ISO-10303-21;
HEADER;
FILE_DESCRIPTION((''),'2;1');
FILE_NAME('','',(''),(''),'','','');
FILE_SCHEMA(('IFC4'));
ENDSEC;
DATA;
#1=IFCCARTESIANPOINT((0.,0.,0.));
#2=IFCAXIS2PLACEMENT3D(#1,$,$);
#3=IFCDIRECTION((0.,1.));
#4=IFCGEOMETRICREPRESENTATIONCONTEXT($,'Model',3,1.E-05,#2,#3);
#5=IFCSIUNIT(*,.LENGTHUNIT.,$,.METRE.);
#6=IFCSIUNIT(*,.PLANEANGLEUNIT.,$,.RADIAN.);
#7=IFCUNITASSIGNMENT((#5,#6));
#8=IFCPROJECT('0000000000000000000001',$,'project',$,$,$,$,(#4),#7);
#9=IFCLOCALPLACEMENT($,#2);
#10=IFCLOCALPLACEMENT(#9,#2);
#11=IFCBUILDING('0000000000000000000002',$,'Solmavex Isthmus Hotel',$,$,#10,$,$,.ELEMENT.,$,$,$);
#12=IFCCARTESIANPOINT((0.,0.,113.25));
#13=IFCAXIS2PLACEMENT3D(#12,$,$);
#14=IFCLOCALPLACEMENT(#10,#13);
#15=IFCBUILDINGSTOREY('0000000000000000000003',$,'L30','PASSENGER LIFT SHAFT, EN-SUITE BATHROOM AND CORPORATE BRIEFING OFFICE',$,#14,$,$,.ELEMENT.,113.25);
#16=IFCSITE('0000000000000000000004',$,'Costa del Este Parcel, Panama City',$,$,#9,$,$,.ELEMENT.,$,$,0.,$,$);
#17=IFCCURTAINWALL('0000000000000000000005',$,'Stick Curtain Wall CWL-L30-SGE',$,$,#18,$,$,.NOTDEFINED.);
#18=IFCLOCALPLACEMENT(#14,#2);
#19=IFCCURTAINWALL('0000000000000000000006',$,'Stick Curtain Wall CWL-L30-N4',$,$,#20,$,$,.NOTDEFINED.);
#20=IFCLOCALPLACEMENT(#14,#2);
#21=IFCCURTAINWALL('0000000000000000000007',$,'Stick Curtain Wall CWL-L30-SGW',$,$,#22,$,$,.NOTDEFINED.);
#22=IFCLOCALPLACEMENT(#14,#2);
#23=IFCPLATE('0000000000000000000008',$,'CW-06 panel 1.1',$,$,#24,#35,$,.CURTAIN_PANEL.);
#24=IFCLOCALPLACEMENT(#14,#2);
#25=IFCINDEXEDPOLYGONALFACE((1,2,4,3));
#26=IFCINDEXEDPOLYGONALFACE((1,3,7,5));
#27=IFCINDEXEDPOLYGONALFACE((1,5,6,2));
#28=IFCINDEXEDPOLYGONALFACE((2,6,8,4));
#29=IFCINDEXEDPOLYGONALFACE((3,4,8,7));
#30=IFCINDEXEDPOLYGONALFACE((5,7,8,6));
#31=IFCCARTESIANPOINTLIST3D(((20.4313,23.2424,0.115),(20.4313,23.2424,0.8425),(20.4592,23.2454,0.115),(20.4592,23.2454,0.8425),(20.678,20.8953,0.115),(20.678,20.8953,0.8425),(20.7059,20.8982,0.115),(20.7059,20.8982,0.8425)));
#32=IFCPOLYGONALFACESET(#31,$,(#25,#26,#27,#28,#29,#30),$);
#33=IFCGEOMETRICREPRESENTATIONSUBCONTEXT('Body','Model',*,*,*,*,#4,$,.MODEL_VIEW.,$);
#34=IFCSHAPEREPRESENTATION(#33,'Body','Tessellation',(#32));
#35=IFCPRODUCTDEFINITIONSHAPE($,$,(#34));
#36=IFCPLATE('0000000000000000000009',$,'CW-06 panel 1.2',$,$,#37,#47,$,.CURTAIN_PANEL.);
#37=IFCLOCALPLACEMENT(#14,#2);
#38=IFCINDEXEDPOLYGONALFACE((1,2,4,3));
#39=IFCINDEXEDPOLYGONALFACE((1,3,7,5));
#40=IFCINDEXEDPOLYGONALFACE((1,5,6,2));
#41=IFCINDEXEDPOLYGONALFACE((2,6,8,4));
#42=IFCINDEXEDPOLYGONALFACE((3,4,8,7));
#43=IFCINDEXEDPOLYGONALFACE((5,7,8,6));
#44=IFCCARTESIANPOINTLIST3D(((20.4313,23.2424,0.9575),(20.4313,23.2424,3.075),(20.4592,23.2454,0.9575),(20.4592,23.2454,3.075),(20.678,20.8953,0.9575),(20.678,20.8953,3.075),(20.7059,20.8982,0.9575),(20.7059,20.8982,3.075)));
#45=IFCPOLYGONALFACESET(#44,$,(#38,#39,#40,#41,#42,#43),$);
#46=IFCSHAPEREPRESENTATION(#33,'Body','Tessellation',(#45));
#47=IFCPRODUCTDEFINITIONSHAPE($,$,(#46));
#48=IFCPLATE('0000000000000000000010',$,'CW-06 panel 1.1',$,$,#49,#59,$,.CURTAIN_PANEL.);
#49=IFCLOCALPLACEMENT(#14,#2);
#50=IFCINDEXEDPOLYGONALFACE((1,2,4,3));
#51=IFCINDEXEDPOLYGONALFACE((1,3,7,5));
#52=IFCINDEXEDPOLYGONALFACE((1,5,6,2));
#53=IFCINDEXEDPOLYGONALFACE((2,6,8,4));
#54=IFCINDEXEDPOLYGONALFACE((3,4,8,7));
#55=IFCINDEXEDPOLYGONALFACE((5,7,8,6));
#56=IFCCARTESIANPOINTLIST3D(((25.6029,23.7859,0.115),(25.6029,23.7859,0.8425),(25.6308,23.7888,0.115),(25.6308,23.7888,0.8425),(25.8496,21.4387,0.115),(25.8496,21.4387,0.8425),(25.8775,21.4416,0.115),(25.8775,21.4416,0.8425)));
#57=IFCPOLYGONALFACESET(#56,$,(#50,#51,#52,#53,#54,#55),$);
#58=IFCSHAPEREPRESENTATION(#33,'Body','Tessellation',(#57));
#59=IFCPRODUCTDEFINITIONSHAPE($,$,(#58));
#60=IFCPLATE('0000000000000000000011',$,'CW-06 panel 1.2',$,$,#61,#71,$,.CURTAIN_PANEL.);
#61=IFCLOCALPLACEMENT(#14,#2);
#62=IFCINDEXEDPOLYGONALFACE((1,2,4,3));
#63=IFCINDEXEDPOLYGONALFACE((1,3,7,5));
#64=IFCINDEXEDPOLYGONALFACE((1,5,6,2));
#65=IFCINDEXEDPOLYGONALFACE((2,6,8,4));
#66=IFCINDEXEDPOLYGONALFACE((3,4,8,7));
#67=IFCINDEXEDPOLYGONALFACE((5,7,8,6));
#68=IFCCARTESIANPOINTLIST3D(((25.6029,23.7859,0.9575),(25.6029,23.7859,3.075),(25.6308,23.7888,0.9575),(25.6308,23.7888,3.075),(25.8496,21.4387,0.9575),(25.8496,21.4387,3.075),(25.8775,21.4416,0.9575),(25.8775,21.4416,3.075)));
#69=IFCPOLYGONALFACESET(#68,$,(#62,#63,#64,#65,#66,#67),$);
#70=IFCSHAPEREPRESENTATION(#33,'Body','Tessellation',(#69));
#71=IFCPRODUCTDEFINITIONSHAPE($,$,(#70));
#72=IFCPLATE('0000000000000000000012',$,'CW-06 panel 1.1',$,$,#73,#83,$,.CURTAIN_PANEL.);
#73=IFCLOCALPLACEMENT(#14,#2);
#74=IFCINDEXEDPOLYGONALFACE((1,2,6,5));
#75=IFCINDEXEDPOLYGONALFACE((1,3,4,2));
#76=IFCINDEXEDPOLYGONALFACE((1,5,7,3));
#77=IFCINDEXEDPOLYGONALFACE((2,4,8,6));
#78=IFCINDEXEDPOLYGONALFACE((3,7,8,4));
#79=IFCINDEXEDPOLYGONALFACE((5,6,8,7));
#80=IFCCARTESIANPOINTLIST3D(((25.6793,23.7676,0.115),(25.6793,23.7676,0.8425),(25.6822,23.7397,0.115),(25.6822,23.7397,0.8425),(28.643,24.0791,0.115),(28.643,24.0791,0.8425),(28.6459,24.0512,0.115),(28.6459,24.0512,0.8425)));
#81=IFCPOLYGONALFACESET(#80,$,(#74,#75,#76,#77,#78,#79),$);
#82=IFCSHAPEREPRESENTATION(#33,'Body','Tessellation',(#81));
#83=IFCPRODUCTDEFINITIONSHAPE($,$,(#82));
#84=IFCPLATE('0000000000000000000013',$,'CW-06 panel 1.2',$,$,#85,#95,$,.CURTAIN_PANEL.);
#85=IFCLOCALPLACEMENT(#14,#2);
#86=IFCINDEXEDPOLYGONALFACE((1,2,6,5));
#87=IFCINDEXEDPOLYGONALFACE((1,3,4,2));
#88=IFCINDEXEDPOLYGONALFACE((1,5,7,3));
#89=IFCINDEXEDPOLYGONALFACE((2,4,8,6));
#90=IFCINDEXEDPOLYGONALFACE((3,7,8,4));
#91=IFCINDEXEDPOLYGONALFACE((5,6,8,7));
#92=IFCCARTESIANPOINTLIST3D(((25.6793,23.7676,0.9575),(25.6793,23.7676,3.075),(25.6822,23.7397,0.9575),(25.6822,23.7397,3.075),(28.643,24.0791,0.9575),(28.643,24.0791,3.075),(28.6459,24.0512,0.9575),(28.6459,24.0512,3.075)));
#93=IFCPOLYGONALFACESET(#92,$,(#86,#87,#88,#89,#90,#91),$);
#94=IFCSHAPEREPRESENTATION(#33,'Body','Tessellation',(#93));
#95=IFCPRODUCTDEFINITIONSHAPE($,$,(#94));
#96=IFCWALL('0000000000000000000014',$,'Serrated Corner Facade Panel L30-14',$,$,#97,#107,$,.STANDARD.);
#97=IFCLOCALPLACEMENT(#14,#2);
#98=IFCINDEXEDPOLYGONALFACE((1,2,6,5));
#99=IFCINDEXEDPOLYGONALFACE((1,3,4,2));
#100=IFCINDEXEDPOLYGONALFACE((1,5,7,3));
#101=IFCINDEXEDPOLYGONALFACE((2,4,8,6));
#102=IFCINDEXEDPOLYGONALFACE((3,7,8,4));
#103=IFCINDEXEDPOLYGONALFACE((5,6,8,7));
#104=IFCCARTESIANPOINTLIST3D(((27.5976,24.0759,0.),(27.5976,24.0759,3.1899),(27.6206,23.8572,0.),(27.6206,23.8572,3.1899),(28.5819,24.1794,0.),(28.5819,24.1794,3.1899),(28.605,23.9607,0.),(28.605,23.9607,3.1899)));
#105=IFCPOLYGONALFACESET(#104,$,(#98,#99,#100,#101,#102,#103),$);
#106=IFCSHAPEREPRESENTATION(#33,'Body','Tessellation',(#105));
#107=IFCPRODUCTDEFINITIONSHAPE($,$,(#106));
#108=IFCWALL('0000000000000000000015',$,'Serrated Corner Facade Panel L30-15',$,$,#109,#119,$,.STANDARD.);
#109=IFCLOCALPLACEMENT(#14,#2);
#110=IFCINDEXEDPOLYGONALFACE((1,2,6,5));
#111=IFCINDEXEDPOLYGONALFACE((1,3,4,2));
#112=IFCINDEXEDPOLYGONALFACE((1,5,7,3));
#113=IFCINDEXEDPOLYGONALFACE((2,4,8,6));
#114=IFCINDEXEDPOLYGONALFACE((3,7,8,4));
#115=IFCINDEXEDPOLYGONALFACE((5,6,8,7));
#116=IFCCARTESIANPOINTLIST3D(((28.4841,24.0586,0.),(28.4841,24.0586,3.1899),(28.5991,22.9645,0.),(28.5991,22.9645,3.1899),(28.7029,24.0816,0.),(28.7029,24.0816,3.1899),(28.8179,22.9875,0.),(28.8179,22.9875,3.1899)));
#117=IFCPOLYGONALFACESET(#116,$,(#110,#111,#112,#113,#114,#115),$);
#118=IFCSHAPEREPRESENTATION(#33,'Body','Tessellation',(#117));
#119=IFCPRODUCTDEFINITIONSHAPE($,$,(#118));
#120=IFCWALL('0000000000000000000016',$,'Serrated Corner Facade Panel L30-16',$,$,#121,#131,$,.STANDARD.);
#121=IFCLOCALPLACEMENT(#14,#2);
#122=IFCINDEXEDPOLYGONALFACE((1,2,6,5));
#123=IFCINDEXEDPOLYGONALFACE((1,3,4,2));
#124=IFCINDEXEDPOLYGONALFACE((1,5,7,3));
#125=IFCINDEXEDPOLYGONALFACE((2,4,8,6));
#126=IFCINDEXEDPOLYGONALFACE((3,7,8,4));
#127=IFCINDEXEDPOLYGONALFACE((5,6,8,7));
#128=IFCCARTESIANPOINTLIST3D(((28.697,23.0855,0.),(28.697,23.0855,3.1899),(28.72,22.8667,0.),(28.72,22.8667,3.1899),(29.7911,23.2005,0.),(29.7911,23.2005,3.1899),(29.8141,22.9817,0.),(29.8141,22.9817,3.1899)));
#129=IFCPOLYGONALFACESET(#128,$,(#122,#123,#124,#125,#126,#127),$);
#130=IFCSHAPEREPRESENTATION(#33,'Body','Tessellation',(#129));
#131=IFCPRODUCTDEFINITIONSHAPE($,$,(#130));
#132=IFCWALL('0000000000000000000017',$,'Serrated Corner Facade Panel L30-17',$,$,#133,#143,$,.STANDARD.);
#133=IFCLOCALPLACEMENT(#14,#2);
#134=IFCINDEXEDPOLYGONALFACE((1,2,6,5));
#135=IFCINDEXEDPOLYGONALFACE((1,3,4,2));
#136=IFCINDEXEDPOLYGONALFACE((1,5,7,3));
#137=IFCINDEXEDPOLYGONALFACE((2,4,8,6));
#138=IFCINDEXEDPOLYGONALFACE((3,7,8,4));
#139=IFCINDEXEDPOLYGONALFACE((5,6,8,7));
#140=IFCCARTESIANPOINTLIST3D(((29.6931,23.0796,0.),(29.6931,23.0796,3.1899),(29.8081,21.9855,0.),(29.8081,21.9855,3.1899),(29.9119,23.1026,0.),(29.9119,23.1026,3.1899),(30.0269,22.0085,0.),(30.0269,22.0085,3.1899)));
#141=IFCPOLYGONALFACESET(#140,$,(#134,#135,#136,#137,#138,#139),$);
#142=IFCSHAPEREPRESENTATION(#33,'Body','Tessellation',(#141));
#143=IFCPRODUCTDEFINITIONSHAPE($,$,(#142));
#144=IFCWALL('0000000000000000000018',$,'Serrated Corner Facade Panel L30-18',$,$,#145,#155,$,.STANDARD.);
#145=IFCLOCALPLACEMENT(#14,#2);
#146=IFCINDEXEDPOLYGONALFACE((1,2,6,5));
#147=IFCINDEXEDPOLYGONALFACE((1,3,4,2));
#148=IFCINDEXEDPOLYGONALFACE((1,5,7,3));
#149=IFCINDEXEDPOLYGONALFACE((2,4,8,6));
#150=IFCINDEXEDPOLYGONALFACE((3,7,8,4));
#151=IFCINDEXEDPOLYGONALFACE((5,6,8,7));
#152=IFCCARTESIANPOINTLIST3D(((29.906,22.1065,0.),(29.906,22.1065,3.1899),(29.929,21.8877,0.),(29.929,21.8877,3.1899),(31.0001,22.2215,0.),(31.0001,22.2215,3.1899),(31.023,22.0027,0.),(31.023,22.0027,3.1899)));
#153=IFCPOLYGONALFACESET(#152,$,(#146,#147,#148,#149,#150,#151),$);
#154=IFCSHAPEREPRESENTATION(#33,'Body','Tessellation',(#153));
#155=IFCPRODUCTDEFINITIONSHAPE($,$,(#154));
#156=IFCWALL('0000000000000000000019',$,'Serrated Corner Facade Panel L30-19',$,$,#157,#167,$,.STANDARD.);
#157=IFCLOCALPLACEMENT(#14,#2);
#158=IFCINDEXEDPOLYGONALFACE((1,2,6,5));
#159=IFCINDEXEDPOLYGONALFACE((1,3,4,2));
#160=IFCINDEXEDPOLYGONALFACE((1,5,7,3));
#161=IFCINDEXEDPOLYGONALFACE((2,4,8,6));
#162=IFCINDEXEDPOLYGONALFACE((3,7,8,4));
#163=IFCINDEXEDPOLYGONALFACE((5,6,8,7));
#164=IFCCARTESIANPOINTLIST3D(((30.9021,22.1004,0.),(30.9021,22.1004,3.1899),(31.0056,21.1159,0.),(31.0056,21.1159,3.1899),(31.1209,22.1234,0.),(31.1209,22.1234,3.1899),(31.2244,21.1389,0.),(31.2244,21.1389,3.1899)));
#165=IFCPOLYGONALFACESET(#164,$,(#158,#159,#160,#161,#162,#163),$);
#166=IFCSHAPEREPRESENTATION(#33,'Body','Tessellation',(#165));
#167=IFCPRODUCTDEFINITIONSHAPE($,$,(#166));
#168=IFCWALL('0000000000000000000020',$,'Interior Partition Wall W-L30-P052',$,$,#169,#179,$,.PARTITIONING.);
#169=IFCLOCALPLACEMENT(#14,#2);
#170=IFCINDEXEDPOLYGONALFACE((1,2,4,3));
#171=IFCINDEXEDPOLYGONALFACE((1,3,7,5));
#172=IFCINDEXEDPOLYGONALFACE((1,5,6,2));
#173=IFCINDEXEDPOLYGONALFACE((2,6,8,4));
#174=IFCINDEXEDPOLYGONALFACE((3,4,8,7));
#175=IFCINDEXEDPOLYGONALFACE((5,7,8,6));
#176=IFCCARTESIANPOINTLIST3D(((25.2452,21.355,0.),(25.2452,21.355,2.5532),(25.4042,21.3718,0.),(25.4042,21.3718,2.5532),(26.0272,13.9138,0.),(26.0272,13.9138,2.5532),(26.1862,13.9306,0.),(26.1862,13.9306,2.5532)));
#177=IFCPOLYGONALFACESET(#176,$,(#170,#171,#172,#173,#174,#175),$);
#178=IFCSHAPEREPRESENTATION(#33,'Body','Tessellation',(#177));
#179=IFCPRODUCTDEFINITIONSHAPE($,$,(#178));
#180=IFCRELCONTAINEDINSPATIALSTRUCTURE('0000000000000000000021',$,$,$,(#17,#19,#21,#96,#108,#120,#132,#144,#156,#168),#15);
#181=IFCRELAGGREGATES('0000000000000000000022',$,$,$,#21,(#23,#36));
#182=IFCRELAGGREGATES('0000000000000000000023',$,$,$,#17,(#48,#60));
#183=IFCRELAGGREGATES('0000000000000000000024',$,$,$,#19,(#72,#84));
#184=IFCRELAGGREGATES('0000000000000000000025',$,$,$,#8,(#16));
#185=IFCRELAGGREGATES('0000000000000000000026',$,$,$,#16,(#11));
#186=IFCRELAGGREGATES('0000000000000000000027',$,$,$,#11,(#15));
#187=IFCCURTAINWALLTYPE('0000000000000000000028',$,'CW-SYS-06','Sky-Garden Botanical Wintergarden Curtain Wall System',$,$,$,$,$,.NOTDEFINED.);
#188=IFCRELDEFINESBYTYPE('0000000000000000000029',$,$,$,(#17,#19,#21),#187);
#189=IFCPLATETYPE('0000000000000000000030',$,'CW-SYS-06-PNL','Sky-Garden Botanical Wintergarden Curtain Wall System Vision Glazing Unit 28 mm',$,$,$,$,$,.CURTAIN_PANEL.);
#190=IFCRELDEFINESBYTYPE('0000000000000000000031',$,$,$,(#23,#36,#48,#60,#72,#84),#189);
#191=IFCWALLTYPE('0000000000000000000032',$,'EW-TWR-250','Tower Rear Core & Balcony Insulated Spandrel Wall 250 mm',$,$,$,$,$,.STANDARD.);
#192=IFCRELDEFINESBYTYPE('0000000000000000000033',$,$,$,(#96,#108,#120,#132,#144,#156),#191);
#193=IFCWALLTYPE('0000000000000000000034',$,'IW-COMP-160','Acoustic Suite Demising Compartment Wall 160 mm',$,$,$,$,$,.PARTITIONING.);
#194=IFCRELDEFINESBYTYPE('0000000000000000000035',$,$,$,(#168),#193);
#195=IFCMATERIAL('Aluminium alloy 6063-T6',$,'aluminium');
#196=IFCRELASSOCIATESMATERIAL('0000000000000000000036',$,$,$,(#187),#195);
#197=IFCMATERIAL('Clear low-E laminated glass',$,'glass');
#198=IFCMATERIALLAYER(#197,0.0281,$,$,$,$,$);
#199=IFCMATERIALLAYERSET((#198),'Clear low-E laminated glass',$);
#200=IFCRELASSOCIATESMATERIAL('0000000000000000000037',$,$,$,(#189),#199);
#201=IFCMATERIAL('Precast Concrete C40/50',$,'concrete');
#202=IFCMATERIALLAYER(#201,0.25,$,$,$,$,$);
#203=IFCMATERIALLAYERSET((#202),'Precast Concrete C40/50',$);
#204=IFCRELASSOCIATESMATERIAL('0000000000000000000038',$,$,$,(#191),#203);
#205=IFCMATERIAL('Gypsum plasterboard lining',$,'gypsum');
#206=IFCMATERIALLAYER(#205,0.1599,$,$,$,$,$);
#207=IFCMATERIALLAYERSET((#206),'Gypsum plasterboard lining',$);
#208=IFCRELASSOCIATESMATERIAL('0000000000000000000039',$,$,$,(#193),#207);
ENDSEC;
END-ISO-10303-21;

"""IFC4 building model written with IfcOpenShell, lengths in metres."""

from ifc_helpers import new_model, si_unit, direction, frame, frame_2d, origin, origin_2d, place, context, subcontext, project, spatial, rectangle, extrude, material, layer, layer_set, type_object, element, aggregate, save


model = new_model("IFC4")

# Units and contexts
model_context = context("Model", 3, precision=1e-05, world=origin(), true_north=direction((0.0, 1.0)))
body_context = subcontext(model_context, "Body", "Model", "MODEL_VIEW")
ifc_project = project(units=[si_unit("LENGTHUNIT", "METRE"), si_unit("PLANEANGLEUNIT", "RADIAN")], contexts=[model_context])

# Site, building, storey
site_placement = place(None, origin())
site = spatial("IfcSite", under=ifc_project, at=site_placement, Name="Costa del Este Parcel, Panama City", CompositionType="ELEMENT", RefElevation=0.0)
building_placement = place(site_placement, origin())
building = spatial("IfcBuilding", under=site, at=building_placement, Name="Solmavex Isthmus Hotel", CompositionType="ELEMENT")
storey_placement = place(building_placement, frame((0.0, 0.0, 113.25)))
storey = spatial("IfcBuildingStorey", under=building, at=storey_placement, Name="L30", Description="PASSENGER LIFT SHAFT, EN-SUITE BATHROOM AND CORPORATE BRIEFING OFFICE", CompositionType="ELEMENT", Elevation=113.25)

# Curtain walls
ifc_material_1 = material(Name="Aluminium alloy 6063-T6", Category="aluminium")
curtain_wall_type = type_object("IfcCurtainWallType", Name="CW-SYS-06", Description="Sky-Garden Botanical Wintergarden Curtain Wall System", PredefinedType="NOTDEFINED", material=ifc_material_1)
curtain_wall_1_placement = place(storey_placement, origin())
curtain_wall_1 = element("IfcCurtainWall", 1, at=curtain_wall_1_placement, inside=storey, type_object=curtain_wall_type, Name="Stick Curtain Wall CWL-L30-SGE", PredefinedType="NOTDEFINED")
curtain_wall_2_placement = place(storey_placement, origin())
curtain_wall_2 = element("IfcCurtainWall", 2, at=curtain_wall_2_placement, inside=storey, type_object=curtain_wall_type, Name="Stick Curtain Wall CWL-L30-N4", PredefinedType="NOTDEFINED")

# Curtain wall
curtain_wall_3_placement = place(storey_placement, origin())
curtain_wall_3 = element("IfcCurtainWall", 3, at=curtain_wall_3_placement, inside=storey, type_object=curtain_wall_type, Name="Stick Curtain Wall CWL-L30-SGW", PredefinedType="NOTDEFINED")

# Plates
ifc_material_2 = material(Name="Clear low-E laminated glass", Category="glass")
ifc_layer_1 = layer(ifc_material_2, 0.0281)
ifc_layer_set_1 = layer_set([ifc_layer_1], Name="Clear low-E laminated glass")
plate_type = type_object("IfcPlateType", Name="CW-SYS-06-PNL", Description="Sky-Garden Botanical Wintergarden Curtain Wall System Vision Glazing Unit 28 mm", PredefinedType="CURTAIN_PANEL", material=ifc_layer_set_1)
plate_1_placement = place(storey_placement, frame((20.5686, 22.0703, 0.115), z_axis=(0.0, 0.0, 1.0), x_axis=(-0.104528, 0.994522, 0.0)))
plate_1 = element("IfcPlate", 4, at=plate_1_placement, type_object=plate_type, Name="CW-06 panel 1.1", PredefinedType="CURTAIN_PANEL", context=body_context, shape_type="SweptSolid", body=[
    extrude(rectangle(XDim=2.3601, YDim=0.0281, at=origin_2d()), origin(), (0.0, 0.0, 1.0), 0.7275),
])
plate_2_placement = place(storey_placement, frame((20.5686, 22.0703, 0.9575), z_axis=(0.0, 0.0, 1.0), x_axis=(-0.104528, 0.994522, 0.0)))
plate_2 = element("IfcPlate", 5, at=plate_2_placement, type_object=plate_type, Name="CW-06 panel 1.2", PredefinedType="CURTAIN_PANEL", context=body_context, shape_type="SweptSolid", body=[
    extrude(rectangle(XDim=2.3601, YDim=0.0281, at=origin_2d()), origin(), (0.0, 0.0, 1.0), 2.1174),
])
aggregate(curtain_wall_3, [plate_1, plate_2])
plate_3_placement = place(storey_placement, frame((25.7402, 22.6138, 0.115), z_axis=(0.0, 0.0, 1.0), x_axis=(-0.104528, 0.994522, 0.0)))
plate_3 = element("IfcPlate", 6, at=plate_3_placement, type_object=plate_type, Name="CW-06 panel 1.1", PredefinedType="CURTAIN_PANEL", context=body_context, shape_type="SweptSolid", body=[
    extrude(rectangle(XDim=2.3601, YDim=0.0281, at=origin_2d()), origin(), (0.0, 0.0, 1.0), 0.7275),
])
plate_4_placement = place(storey_placement, frame((25.7402, 22.6138, 0.9575), z_axis=(0.0, 0.0, 1.0), x_axis=(-0.104528, 0.994522, 0.0)))
plate_4 = element("IfcPlate", 7, at=plate_4_placement, type_object=plate_type, Name="CW-06 panel 1.2", PredefinedType="CURTAIN_PANEL", context=body_context, shape_type="SweptSolid", body=[
    extrude(rectangle(XDim=2.3601, YDim=0.0281, at=origin_2d()), origin(), (0.0, 0.0, 1.0), 2.1174),
])
aggregate(curtain_wall_1, [plate_3, plate_4])
plate_5_placement = place(storey_placement, frame((27.1626, 23.9094, 0.115), z_axis=(0.0, 0.0, 1.0), x_axis=(0.994522, 0.104529, 0.0)))
plate_5 = element("IfcPlate", 8, at=plate_5_placement, type_object=plate_type, Name="CW-06 panel 1.1", PredefinedType="CURTAIN_PANEL", context=body_context, shape_type="SweptSolid", body=[
    extrude(rectangle(XDim=2.98, YDim=0.0281, at=origin_2d()), origin(), (0.0, 0.0, 1.0), 0.7275),
])
plate_6_placement = place(storey_placement, frame((27.1626, 23.9094, 0.9575), z_axis=(0.0, 0.0, 1.0), x_axis=(0.994522, 0.104529, 0.0)))
plate_6 = element("IfcPlate", 9, at=plate_6_placement, type_object=plate_type, Name="CW-06 panel 1.2", PredefinedType="CURTAIN_PANEL", context=body_context, shape_type="SweptSolid", body=[
    extrude(rectangle(XDim=2.98, YDim=0.0281, at=origin_2d()), origin(), (0.0, 0.0, 1.0), 2.1174),
])
aggregate(curtain_wall_2, [plate_5, plate_6])

# Walls
ifc_material_3 = material(Name="Precast Concrete C40/50", Category="concrete")
ifc_layer_2 = layer(ifc_material_3, 0.25)
ifc_layer_set_2 = layer_set([ifc_layer_2], Name="Precast Concrete C40/50")
wall_type_1 = type_object("IfcWallType", Name="EW-TWR-250", Description="Tower Rear Core & Balcony Insulated Spandrel Wall 250 mm", PredefinedType="STANDARD", material=ifc_layer_set_2)
wall_1_placement = place(storey_placement, frame((27.6091, 23.9666, 0.0), z_axis=(0.0, 0.0, 1.0), x_axis=(0.994516, 0.104582, 0.0)))
element("IfcWall", 10, at=wall_1_placement, inside=storey, type_object=wall_type_1, Name="Serrated Corner Facade Panel L30-14", PredefinedType="STANDARD", context=body_context, shape_type="SweptSolid", body=[
    extrude(rectangle(XDim=0.9897, YDim=0.22, at=frame_2d((0.4949, 0.0))), origin(), (0.0, 0.0, 1.0), 3.1899),
])
for number, where, z_axis, x_axis, name in (
    (11, (28.5935, 24.0701, 0.0), (0.0, 0.0, 1.0), (0.104535, -0.994521, 0.0), "Serrated Corner Facade Panel L30-15"),
    (12, (28.7085, 22.9761, 0.0), (0.0, 0.0, 1.0), (0.994521, 0.104535, 0.0), "Serrated Corner Facade Panel L30-16"),
    (13, (29.8025, 23.0911, 0.0), (0.0, 0.0, 1.0), (0.104535, -0.994521, 0.0), "Serrated Corner Facade Panel L30-17"),
    (14, (29.9175, 21.9971, 0.0), (0.0, 0.0, 1.0), (0.994521, 0.104535, 0.0), "Serrated Corner Facade Panel L30-18"),
):
    element("IfcWall", number, at=place(storey_placement, frame(where, z_axis=z_axis, x_axis=x_axis)), inside=storey, type_object=wall_type_1, Name=name, PredefinedType="STANDARD", context=body_context, shape_type="SweptSolid", body=[
        extrude(rectangle(XDim=1.1001, YDim=0.22, at=frame_2d((0.55, 0.0))), origin(), (0.0, 0.0, 1.0), 3.1899),
    ])
wall_2_placement = place(storey_placement, frame((31.0115, 22.1121, 0.0), z_axis=(0.0, 0.0, 1.0), x_axis=(0.104556, -0.994519, 0.0)))
element("IfcWall", 15, at=wall_2_placement, inside=storey, type_object=wall_type_1, Name="Serrated Corner Facade Panel L30-19", PredefinedType="STANDARD", context=body_context, shape_type="SweptSolid", body=[
    extrude(rectangle(XDim=0.99, YDim=0.22, at=frame_2d((0.4951, 0.0))), origin(), (0.0, 0.0, 1.0), 3.1899),
])
ifc_material_4 = material(Name="Gypsum plasterboard lining", Category="gypsum")
ifc_layer_3 = layer(ifc_material_4, 0.1599)
ifc_layer_set_3 = layer_set([ifc_layer_3], Name="Gypsum plasterboard lining")
wall_type_2 = type_object("IfcWallType", Name="IW-COMP-160", Description="Acoustic Suite Demising Compartment Wall 160 mm", PredefinedType="PARTITIONING", material=ifc_layer_set_3)
wall_3_placement = place(storey_placement, frame((25.3247, 21.3635, 0.0), z_axis=(0.0, 0.0, 1.0), x_axis=(0.104513, -0.994523, 0.0)))
element("IfcWall", 16, at=wall_3_placement, inside=storey, type_object=wall_type_2, Name="Interior Partition Wall W-L30-P052", PredefinedType="PARTITIONING", context=body_context, shape_type="SweptSolid", body=[
    extrude(rectangle(XDim=7.4822, YDim=0.1599, at=frame_2d((3.7412, 0.0))), origin(), (0.0, 0.0, 1.0), 2.5532),
])

save(model, "model.ifc")
